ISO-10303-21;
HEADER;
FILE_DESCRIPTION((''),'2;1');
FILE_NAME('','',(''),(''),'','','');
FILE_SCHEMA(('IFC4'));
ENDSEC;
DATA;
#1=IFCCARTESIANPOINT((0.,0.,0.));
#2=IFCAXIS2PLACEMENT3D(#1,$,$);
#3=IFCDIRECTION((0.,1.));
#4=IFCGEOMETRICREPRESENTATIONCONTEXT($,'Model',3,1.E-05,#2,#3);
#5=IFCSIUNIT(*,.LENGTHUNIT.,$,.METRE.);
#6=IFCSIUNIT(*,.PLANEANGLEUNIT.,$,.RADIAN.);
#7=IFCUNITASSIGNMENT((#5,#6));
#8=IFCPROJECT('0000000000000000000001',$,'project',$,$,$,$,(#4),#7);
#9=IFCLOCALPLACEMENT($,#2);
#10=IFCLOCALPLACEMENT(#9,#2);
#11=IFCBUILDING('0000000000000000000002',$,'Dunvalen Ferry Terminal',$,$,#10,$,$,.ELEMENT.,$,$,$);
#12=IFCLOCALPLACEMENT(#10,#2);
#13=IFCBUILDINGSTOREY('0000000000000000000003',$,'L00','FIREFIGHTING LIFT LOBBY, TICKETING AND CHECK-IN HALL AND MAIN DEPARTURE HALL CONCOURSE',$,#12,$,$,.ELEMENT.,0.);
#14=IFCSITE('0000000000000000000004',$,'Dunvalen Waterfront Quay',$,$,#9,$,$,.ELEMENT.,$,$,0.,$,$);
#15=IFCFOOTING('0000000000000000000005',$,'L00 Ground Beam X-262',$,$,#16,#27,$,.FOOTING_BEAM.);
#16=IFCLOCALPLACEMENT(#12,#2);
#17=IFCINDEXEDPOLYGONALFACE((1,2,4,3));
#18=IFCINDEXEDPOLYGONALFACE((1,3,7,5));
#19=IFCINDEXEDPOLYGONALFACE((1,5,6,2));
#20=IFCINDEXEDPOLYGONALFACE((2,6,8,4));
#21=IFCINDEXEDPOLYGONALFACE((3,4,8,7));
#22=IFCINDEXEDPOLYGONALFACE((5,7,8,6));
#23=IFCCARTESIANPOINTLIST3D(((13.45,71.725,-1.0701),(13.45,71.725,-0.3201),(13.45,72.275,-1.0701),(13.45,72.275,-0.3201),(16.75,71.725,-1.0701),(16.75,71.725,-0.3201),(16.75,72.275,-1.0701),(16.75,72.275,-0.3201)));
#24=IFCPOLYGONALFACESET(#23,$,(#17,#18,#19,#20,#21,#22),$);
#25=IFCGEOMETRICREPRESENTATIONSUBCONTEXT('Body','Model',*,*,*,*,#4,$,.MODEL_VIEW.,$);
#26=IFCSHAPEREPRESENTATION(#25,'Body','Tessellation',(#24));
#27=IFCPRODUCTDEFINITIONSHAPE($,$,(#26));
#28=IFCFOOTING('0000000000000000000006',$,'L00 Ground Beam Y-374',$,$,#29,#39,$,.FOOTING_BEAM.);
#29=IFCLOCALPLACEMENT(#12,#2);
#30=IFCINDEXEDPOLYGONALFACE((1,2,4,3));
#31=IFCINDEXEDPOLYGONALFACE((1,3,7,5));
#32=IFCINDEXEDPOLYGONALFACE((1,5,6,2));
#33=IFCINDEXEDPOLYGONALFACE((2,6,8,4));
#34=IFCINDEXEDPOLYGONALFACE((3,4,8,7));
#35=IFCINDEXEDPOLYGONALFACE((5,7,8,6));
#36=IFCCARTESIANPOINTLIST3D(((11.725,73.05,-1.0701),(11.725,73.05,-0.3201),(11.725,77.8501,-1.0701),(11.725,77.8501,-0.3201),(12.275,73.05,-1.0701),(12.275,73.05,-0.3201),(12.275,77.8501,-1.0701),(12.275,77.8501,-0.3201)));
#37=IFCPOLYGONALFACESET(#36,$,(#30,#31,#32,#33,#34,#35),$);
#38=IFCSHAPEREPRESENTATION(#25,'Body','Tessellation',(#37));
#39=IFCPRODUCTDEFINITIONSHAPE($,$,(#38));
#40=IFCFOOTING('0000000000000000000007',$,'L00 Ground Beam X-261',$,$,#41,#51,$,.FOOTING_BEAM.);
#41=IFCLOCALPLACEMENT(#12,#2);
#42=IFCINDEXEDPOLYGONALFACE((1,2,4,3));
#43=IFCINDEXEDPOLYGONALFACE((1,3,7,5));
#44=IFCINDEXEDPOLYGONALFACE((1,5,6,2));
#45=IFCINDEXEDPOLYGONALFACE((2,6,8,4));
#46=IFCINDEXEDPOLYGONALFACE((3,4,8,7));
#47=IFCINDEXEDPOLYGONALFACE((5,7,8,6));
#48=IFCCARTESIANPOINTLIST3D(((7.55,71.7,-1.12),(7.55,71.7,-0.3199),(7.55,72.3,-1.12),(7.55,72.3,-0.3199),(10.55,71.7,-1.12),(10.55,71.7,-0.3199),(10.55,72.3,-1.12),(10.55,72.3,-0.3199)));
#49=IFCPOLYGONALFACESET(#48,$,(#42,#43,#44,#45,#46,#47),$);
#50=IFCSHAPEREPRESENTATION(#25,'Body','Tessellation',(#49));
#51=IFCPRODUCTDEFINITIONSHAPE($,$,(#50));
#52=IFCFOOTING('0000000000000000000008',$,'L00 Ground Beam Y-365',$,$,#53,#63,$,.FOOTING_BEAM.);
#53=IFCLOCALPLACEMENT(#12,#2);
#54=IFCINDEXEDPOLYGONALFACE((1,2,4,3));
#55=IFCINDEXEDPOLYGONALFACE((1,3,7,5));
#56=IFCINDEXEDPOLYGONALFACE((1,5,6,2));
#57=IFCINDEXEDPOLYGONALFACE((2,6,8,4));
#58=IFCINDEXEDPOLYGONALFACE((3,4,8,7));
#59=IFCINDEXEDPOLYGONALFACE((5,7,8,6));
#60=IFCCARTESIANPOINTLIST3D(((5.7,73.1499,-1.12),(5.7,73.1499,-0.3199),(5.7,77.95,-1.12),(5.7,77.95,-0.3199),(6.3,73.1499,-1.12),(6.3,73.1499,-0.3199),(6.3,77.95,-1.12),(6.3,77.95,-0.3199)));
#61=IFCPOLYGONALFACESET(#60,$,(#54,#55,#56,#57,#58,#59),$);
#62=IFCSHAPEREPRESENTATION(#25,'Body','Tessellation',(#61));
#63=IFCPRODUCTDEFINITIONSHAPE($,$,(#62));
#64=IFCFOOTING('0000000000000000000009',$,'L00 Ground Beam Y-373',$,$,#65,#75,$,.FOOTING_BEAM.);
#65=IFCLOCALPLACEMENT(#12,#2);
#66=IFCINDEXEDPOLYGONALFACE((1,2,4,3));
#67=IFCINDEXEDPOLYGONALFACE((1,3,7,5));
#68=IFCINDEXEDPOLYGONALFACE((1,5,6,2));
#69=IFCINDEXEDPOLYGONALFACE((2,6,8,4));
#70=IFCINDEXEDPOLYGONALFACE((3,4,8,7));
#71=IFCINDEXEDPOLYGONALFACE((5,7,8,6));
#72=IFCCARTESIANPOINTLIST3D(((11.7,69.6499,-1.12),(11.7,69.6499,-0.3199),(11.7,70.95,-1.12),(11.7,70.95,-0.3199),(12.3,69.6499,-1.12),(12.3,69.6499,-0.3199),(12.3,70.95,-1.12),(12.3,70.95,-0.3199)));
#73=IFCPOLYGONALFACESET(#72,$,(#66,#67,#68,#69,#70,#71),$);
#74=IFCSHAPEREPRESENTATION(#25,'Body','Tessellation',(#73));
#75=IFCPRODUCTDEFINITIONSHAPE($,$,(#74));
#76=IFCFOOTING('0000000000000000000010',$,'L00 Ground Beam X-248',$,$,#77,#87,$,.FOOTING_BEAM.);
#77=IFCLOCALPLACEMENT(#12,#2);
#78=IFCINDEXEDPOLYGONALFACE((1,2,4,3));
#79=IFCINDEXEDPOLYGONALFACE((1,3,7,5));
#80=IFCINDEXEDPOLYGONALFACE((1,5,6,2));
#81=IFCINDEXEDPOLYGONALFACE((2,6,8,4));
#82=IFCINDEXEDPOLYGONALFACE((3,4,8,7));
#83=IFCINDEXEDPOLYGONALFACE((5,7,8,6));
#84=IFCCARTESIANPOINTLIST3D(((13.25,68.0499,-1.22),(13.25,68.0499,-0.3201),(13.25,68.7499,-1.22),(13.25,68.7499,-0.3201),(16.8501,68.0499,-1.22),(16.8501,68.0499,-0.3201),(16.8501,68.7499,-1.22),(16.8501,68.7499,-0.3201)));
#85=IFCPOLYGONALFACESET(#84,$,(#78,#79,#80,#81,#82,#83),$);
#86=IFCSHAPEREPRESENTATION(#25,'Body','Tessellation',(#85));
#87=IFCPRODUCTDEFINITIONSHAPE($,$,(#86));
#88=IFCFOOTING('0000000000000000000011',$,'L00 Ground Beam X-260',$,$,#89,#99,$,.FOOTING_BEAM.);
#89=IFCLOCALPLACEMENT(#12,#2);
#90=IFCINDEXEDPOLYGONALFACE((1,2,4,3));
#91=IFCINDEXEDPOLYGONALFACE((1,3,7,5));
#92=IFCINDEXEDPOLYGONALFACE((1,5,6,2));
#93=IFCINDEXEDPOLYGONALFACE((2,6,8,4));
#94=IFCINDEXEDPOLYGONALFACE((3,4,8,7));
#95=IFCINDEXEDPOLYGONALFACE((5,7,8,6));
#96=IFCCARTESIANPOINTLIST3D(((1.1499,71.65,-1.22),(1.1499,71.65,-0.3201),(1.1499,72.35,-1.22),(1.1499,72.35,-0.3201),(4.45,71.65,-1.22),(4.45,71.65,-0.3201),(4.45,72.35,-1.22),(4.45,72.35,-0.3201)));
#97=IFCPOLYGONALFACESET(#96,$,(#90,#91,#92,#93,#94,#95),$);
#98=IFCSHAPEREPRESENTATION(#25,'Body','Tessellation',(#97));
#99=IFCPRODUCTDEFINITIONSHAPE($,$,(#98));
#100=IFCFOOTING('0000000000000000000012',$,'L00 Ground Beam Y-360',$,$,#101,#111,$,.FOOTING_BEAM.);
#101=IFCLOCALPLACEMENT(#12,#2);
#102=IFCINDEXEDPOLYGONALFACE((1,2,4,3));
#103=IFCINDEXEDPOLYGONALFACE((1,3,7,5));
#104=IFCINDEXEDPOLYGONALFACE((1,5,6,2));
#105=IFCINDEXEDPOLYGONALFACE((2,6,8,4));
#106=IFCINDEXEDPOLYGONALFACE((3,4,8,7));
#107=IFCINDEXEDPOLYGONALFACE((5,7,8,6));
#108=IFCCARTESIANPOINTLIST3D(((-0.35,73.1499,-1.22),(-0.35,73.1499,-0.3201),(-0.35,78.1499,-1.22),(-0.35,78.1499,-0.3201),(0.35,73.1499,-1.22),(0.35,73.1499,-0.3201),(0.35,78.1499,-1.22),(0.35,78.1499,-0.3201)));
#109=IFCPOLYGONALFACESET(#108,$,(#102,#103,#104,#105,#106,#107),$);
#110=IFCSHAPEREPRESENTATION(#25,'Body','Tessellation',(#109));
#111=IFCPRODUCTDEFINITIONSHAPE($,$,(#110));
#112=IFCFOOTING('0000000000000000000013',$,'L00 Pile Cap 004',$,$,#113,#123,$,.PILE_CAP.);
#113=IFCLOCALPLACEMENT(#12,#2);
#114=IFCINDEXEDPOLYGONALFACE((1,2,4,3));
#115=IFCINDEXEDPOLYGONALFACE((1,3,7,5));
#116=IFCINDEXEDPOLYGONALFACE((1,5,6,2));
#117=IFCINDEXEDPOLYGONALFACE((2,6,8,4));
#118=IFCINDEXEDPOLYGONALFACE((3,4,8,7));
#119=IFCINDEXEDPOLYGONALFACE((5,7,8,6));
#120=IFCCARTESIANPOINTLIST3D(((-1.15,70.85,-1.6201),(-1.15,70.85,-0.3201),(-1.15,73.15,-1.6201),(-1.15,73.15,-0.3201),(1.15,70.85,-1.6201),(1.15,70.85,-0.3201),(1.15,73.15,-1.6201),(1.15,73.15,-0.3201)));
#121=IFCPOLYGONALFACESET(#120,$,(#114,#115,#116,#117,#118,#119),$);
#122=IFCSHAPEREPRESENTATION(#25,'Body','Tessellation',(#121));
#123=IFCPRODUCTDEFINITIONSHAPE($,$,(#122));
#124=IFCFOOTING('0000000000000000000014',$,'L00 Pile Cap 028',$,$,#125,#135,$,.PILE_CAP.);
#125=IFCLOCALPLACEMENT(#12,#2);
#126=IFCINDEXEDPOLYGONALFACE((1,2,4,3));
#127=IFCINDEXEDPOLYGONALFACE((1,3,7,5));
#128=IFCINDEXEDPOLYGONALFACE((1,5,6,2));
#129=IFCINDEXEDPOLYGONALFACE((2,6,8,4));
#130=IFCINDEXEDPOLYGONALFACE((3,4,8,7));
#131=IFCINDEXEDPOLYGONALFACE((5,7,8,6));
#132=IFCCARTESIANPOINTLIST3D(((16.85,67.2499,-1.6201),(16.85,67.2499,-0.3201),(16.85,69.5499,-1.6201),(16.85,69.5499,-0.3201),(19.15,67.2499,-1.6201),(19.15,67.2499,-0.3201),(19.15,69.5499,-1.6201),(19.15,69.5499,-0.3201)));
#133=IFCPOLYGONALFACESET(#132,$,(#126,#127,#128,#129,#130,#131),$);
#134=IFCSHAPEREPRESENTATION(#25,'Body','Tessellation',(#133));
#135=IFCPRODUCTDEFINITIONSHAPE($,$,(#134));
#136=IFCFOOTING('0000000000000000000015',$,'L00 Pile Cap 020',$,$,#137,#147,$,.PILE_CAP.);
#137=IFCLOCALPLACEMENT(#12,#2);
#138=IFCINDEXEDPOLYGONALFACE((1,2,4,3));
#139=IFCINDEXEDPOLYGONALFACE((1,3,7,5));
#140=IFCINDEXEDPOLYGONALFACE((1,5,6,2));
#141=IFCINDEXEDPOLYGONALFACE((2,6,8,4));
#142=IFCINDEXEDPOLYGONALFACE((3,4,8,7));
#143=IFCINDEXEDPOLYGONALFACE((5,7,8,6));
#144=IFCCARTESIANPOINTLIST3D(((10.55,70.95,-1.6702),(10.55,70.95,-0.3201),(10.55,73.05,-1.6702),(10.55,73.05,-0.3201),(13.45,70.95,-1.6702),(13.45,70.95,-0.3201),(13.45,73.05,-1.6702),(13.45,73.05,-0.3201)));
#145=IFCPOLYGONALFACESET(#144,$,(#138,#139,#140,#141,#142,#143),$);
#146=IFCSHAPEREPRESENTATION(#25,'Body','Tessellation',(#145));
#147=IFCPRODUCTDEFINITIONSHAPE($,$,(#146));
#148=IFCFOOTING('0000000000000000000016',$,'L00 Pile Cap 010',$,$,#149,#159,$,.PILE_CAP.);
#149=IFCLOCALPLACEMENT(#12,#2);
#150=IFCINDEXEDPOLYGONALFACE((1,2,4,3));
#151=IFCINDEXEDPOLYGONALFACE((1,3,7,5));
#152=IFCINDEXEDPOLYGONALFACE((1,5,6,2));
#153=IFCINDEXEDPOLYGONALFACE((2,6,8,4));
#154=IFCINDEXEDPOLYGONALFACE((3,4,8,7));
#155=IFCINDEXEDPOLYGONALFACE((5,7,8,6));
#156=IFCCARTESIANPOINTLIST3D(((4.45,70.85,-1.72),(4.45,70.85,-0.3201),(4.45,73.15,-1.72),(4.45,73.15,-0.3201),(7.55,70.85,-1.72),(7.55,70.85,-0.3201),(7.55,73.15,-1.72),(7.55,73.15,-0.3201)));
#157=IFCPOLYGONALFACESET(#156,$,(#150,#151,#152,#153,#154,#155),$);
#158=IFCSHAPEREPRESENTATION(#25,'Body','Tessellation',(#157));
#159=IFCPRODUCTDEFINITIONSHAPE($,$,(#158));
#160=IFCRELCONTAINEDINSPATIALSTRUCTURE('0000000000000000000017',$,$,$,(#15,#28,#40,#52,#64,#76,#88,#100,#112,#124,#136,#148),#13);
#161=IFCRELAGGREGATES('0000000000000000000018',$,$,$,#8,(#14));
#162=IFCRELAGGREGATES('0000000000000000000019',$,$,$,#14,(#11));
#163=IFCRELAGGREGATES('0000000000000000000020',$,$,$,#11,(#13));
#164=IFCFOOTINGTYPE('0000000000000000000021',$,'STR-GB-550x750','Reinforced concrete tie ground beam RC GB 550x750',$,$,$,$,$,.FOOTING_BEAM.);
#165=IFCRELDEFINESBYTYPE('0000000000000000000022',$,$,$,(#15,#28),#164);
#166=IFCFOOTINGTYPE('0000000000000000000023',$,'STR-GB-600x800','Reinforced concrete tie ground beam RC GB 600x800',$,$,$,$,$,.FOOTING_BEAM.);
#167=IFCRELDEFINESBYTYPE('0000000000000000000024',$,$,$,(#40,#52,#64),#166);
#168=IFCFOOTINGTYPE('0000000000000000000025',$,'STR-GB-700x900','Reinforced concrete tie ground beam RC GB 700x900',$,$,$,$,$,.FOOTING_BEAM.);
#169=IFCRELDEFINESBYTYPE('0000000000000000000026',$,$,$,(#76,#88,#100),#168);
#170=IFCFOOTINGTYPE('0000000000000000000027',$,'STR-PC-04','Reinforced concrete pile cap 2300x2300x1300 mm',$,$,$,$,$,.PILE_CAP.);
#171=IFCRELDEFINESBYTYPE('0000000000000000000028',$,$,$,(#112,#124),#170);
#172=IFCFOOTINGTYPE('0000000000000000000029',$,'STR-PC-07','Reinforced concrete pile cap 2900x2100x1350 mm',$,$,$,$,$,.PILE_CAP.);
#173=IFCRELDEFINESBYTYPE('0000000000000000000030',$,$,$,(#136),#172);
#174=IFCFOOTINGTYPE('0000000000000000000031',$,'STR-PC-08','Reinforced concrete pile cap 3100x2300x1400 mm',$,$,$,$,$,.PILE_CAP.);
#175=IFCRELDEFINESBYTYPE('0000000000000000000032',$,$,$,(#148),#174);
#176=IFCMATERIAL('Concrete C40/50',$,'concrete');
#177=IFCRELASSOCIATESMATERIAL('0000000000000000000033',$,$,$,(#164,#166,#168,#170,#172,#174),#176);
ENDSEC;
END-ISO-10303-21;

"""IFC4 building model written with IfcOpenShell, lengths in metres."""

from ifc_helpers import new_model, si_unit, direction, frame, origin, origin_2d, place, context, subcontext, project, spatial, rectangle, extrude, material, material_profile, profile_set, type_object, element, save


model = new_model("IFC4")

# Units and contexts
model_context = context("Model", 3, precision=1e-05, world=origin(), true_north=direction((0.0, 1.0)))
body_context = subcontext(model_context, "Body", "Model", "MODEL_VIEW")
ifc_project = project(units=[si_unit("LENGTHUNIT", "METRE"), si_unit("PLANEANGLEUNIT", "RADIAN")], contexts=[model_context])

# Site, building, storey
site_placement = place(None, origin())
site = spatial("IfcSite", under=ifc_project, at=site_placement, Name="Dunvalen Waterfront Quay", CompositionType="ELEMENT", RefElevation=0.0)
building_placement = place(site_placement, origin())
building = spatial("IfcBuilding", under=site, at=building_placement, Name="Dunvalen Ferry Terminal", CompositionType="ELEMENT")
storey_placement = place(building_placement, origin())
storey = spatial("IfcBuildingStorey", under=building, at=storey_placement, Name="L00", Description="FIREFIGHTING LIFT LOBBY, TICKETING AND CHECK-IN HALL AND MAIN DEPARTURE HALL CONCOURSE", CompositionType="ELEMENT", Elevation=0.0)

# Footings
ifc_material_1 = material(Name="Concrete C40/50", Category="concrete")
ifc_material_profile_1 = material_profile(ifc_material_1, rectangle(XDim=0.55, YDim=0.75, at=origin_2d()), Name="Concrete C40/50")
ifc_profile_set_1 = profile_set([ifc_material_profile_1], Name="Concrete C40/50")
footing_type_1 = type_object("IfcFootingType", Name="STR-GB-550x750", Description="Reinforced concrete tie ground beam RC GB 550x750", PredefinedType="FOOTING_BEAM", material=ifc_profile_set_1)
footing_1_placement = place(storey_placement, frame((13.45, 72.0, -0.6951), z_axis=(1.0, 0.0, 0.0), x_axis=(0.0, 1.0, 0.0)))
element("IfcFooting", 1, at=footing_1_placement, inside=storey, type_object=footing_type_1, Name="L00 Ground Beam X-262", PredefinedType="FOOTING_BEAM", context=body_context, shape_type="SweptSolid", body=[
    extrude(rectangle(XDim=0.55, YDim=0.75, at=origin_2d()), origin(), (0.0, 0.0, 1.0), 3.3),
])
footing_2_placement = place(storey_placement, frame((12.0, 73.05, -0.6951), z_axis=(0.0, 1.0, 0.0), x_axis=(-1.0, 0.0, 0.0)))
element("IfcFooting", 2, at=footing_2_placement, inside=storey, type_object=footing_type_1, Name="L00 Ground Beam Y-374", PredefinedType="FOOTING_BEAM", context=body_context, shape_type="SweptSolid", body=[
    extrude(rectangle(XDim=0.55, YDim=0.75, at=origin_2d()), origin(), (0.0, 0.0, 1.0), 4.8),
])
ifc_material_profile_2 = material_profile(ifc_material_1, rectangle(XDim=0.6001, YDim=0.8, at=origin_2d()), Name="Concrete C40/50")
ifc_profile_set_2 = profile_set([ifc_material_profile_2], Name="Concrete C40/50")
footing_type_2 = type_object("IfcFootingType", Name="STR-GB-600x800", Description="Reinforced concrete tie ground beam RC GB 600x800", PredefinedType="FOOTING_BEAM", material=ifc_profile_set_2)
footing_3_placement = place(storey_placement, frame((7.55, 72.0, -0.72), z_axis=(1.0, 0.0, 0.0), x_axis=(0.0, 1.0, 0.0)))
element("IfcFooting", 3, at=footing_3_placement, inside=storey, type_object=footing_type_2, Name="L00 Ground Beam X-261", PredefinedType="FOOTING_BEAM", context=body_context, shape_type="SweptSolid", body=[
    extrude(rectangle(XDim=0.6001, YDim=0.8, at=origin_2d()), origin(), (0.0, 0.0, 1.0), 3.0),
])
footing_4_placement = place(storey_placement, frame((6.0, 73.1499, -0.72), z_axis=(0.0, 1.0, 0.0), x_axis=(-1.0, 0.0, 0.0)))
element("IfcFooting", 4, at=footing_4_placement, inside=storey, type_object=footing_type_2, Name="L00 Ground Beam Y-365", PredefinedType="FOOTING_BEAM", context=body_context, shape_type="SweptSolid", body=[
    extrude(rectangle(XDim=0.6001, YDim=0.8, at=origin_2d()), origin(), (0.0, 0.0, 1.0), 4.8),
])
footing_5_placement = place(storey_placement, frame((12.0, 69.6499, -0.72), z_axis=(0.0, 1.0, 0.0), x_axis=(-1.0, 0.0, 0.0)))
element("IfcFooting", 5, at=footing_5_placement, inside=storey, type_object=footing_type_2, Name="L00 Ground Beam Y-373", PredefinedType="FOOTING_BEAM", context=body_context, shape_type="SweptSolid", body=[
    extrude(rectangle(XDim=0.6001, YDim=0.8, at=origin_2d()), origin(), (0.0, 0.0, 1.0), 1.3),
])
ifc_material_profile_3 = material_profile(ifc_material_1, rectangle(XDim=0.7, YDim=0.8999, at=origin_2d()), Name="Concrete C40/50")
ifc_profile_set_3 = profile_set([ifc_material_profile_3], Name="Concrete C40/50")
footing_type_3 = type_object("IfcFootingType", Name="STR-GB-700x900", Description="Reinforced concrete tie ground beam RC GB 700x900", PredefinedType="FOOTING_BEAM", material=ifc_profile_set_3)
footing_6_placement = place(storey_placement, frame((13.25, 68.3999, -0.77), z_axis=(1.0, 0.0, 0.0), x_axis=(0.0, 1.0, 0.0)))
element("IfcFooting", 6, at=footing_6_placement, inside=storey, type_object=footing_type_3, Name="L00 Ground Beam X-248", PredefinedType="FOOTING_BEAM", context=body_context, shape_type="SweptSolid", body=[
    extrude(rectangle(XDim=0.7, YDim=0.8999, at=origin_2d()), origin(), (0.0, 0.0, 1.0), 3.6001),
])
footing_7_placement = place(storey_placement, frame((1.1499, 72.0, -0.77), z_axis=(1.0, 0.0, 0.0), x_axis=(0.0, 1.0, 0.0)))
element("IfcFooting", 7, at=footing_7_placement, inside=storey, type_object=footing_type_3, Name="L00 Ground Beam X-260", PredefinedType="FOOTING_BEAM", context=body_context, shape_type="SweptSolid", body=[
    extrude(rectangle(XDim=0.7, YDim=0.8999, at=origin_2d()), origin(), (0.0, 0.0, 1.0), 3.3),
])
footing_8_placement = place(storey_placement, frame((0.0, 73.1499, -0.77), z_axis=(0.0, 1.0, 0.0), x_axis=(-1.0, 0.0, 0.0)))
element("IfcFooting", 8, at=footing_8_placement, inside=storey, type_object=footing_type_3, Name="L00 Ground Beam Y-360", PredefinedType="FOOTING_BEAM", context=body_context, shape_type="SweptSolid", body=[
    extrude(rectangle(XDim=0.7, YDim=0.8999, at=origin_2d()), origin(), (0.0, 0.0, 1.0), 5.0),
])
footing_type_4 = type_object("IfcFootingType", Name="STR-PC-04", Description="Reinforced concrete pile cap 2300x2300x1300 mm", PredefinedType="PILE_CAP", material=ifc_material_1)
for number, where, z_axis, x_axis, name in (
    (9, (0.0, 72.0, -1.6201), (0.0, 0.0, 1.0), (1.0, 0.0, 0.0), "L00 Pile Cap 004"),
    (10, (18.0, 68.3999, -1.6201), (0.0, 0.0, 1.0), (1.0, 0.0, 0.0), "L00 Pile Cap 028"),
):
    element("IfcFooting", number, at=place(storey_placement, frame(where, z_axis=z_axis, x_axis=x_axis)), inside=storey, type_object=footing_type_4, Name=name, PredefinedType="PILE_CAP", context=body_context, shape_type="SweptSolid", body=[
        extrude(rectangle(XDim=2.3, YDim=2.3, at=origin_2d()), origin(), (0.0, 0.0, 1.0), 1.3),
    ])
footing_type_5 = type_object("IfcFootingType", Name="STR-PC-07", Description="Reinforced concrete pile cap 2900x2100x1350 mm", PredefinedType="PILE_CAP", material=ifc_material_1)
footing_9_placement = place(storey_placement, frame((12.0, 72.0, -1.6702), z_axis=(0.0, 0.0, 1.0), x_axis=(1.0, 0.0, 0.0)))
element("IfcFooting", 11, at=footing_9_placement, inside=storey, type_object=footing_type_5, Name="L00 Pile Cap 020", PredefinedType="PILE_CAP", context=body_context, shape_type="SweptSolid", body=[
    extrude(rectangle(XDim=2.8999, YDim=2.1001, at=origin_2d()), origin(), (0.0, 0.0, 1.0), 1.3501),
])
footing_type_6 = type_object("IfcFootingType", Name="STR-PC-08", Description="Reinforced concrete pile cap 3100x2300x1400 mm", PredefinedType="PILE_CAP", material=ifc_material_1)
footing_10_placement = place(storey_placement, frame((6.0, 72.0, -1.72), z_axis=(0.0, 0.0, 1.0), x_axis=(1.0, 0.0, 0.0)))
element("IfcFooting", 12, at=footing_10_placement, inside=storey, type_object=footing_type_6, Name="L00 Pile Cap 010", PredefinedType="PILE_CAP", context=body_context, shape_type="SweptSolid", body=[
    extrude(rectangle(XDim=3.1001, YDim=2.3, at=origin_2d()), origin(), (0.0, 0.0, 1.0), 1.3999),
])

save(model, "model.ifc")
